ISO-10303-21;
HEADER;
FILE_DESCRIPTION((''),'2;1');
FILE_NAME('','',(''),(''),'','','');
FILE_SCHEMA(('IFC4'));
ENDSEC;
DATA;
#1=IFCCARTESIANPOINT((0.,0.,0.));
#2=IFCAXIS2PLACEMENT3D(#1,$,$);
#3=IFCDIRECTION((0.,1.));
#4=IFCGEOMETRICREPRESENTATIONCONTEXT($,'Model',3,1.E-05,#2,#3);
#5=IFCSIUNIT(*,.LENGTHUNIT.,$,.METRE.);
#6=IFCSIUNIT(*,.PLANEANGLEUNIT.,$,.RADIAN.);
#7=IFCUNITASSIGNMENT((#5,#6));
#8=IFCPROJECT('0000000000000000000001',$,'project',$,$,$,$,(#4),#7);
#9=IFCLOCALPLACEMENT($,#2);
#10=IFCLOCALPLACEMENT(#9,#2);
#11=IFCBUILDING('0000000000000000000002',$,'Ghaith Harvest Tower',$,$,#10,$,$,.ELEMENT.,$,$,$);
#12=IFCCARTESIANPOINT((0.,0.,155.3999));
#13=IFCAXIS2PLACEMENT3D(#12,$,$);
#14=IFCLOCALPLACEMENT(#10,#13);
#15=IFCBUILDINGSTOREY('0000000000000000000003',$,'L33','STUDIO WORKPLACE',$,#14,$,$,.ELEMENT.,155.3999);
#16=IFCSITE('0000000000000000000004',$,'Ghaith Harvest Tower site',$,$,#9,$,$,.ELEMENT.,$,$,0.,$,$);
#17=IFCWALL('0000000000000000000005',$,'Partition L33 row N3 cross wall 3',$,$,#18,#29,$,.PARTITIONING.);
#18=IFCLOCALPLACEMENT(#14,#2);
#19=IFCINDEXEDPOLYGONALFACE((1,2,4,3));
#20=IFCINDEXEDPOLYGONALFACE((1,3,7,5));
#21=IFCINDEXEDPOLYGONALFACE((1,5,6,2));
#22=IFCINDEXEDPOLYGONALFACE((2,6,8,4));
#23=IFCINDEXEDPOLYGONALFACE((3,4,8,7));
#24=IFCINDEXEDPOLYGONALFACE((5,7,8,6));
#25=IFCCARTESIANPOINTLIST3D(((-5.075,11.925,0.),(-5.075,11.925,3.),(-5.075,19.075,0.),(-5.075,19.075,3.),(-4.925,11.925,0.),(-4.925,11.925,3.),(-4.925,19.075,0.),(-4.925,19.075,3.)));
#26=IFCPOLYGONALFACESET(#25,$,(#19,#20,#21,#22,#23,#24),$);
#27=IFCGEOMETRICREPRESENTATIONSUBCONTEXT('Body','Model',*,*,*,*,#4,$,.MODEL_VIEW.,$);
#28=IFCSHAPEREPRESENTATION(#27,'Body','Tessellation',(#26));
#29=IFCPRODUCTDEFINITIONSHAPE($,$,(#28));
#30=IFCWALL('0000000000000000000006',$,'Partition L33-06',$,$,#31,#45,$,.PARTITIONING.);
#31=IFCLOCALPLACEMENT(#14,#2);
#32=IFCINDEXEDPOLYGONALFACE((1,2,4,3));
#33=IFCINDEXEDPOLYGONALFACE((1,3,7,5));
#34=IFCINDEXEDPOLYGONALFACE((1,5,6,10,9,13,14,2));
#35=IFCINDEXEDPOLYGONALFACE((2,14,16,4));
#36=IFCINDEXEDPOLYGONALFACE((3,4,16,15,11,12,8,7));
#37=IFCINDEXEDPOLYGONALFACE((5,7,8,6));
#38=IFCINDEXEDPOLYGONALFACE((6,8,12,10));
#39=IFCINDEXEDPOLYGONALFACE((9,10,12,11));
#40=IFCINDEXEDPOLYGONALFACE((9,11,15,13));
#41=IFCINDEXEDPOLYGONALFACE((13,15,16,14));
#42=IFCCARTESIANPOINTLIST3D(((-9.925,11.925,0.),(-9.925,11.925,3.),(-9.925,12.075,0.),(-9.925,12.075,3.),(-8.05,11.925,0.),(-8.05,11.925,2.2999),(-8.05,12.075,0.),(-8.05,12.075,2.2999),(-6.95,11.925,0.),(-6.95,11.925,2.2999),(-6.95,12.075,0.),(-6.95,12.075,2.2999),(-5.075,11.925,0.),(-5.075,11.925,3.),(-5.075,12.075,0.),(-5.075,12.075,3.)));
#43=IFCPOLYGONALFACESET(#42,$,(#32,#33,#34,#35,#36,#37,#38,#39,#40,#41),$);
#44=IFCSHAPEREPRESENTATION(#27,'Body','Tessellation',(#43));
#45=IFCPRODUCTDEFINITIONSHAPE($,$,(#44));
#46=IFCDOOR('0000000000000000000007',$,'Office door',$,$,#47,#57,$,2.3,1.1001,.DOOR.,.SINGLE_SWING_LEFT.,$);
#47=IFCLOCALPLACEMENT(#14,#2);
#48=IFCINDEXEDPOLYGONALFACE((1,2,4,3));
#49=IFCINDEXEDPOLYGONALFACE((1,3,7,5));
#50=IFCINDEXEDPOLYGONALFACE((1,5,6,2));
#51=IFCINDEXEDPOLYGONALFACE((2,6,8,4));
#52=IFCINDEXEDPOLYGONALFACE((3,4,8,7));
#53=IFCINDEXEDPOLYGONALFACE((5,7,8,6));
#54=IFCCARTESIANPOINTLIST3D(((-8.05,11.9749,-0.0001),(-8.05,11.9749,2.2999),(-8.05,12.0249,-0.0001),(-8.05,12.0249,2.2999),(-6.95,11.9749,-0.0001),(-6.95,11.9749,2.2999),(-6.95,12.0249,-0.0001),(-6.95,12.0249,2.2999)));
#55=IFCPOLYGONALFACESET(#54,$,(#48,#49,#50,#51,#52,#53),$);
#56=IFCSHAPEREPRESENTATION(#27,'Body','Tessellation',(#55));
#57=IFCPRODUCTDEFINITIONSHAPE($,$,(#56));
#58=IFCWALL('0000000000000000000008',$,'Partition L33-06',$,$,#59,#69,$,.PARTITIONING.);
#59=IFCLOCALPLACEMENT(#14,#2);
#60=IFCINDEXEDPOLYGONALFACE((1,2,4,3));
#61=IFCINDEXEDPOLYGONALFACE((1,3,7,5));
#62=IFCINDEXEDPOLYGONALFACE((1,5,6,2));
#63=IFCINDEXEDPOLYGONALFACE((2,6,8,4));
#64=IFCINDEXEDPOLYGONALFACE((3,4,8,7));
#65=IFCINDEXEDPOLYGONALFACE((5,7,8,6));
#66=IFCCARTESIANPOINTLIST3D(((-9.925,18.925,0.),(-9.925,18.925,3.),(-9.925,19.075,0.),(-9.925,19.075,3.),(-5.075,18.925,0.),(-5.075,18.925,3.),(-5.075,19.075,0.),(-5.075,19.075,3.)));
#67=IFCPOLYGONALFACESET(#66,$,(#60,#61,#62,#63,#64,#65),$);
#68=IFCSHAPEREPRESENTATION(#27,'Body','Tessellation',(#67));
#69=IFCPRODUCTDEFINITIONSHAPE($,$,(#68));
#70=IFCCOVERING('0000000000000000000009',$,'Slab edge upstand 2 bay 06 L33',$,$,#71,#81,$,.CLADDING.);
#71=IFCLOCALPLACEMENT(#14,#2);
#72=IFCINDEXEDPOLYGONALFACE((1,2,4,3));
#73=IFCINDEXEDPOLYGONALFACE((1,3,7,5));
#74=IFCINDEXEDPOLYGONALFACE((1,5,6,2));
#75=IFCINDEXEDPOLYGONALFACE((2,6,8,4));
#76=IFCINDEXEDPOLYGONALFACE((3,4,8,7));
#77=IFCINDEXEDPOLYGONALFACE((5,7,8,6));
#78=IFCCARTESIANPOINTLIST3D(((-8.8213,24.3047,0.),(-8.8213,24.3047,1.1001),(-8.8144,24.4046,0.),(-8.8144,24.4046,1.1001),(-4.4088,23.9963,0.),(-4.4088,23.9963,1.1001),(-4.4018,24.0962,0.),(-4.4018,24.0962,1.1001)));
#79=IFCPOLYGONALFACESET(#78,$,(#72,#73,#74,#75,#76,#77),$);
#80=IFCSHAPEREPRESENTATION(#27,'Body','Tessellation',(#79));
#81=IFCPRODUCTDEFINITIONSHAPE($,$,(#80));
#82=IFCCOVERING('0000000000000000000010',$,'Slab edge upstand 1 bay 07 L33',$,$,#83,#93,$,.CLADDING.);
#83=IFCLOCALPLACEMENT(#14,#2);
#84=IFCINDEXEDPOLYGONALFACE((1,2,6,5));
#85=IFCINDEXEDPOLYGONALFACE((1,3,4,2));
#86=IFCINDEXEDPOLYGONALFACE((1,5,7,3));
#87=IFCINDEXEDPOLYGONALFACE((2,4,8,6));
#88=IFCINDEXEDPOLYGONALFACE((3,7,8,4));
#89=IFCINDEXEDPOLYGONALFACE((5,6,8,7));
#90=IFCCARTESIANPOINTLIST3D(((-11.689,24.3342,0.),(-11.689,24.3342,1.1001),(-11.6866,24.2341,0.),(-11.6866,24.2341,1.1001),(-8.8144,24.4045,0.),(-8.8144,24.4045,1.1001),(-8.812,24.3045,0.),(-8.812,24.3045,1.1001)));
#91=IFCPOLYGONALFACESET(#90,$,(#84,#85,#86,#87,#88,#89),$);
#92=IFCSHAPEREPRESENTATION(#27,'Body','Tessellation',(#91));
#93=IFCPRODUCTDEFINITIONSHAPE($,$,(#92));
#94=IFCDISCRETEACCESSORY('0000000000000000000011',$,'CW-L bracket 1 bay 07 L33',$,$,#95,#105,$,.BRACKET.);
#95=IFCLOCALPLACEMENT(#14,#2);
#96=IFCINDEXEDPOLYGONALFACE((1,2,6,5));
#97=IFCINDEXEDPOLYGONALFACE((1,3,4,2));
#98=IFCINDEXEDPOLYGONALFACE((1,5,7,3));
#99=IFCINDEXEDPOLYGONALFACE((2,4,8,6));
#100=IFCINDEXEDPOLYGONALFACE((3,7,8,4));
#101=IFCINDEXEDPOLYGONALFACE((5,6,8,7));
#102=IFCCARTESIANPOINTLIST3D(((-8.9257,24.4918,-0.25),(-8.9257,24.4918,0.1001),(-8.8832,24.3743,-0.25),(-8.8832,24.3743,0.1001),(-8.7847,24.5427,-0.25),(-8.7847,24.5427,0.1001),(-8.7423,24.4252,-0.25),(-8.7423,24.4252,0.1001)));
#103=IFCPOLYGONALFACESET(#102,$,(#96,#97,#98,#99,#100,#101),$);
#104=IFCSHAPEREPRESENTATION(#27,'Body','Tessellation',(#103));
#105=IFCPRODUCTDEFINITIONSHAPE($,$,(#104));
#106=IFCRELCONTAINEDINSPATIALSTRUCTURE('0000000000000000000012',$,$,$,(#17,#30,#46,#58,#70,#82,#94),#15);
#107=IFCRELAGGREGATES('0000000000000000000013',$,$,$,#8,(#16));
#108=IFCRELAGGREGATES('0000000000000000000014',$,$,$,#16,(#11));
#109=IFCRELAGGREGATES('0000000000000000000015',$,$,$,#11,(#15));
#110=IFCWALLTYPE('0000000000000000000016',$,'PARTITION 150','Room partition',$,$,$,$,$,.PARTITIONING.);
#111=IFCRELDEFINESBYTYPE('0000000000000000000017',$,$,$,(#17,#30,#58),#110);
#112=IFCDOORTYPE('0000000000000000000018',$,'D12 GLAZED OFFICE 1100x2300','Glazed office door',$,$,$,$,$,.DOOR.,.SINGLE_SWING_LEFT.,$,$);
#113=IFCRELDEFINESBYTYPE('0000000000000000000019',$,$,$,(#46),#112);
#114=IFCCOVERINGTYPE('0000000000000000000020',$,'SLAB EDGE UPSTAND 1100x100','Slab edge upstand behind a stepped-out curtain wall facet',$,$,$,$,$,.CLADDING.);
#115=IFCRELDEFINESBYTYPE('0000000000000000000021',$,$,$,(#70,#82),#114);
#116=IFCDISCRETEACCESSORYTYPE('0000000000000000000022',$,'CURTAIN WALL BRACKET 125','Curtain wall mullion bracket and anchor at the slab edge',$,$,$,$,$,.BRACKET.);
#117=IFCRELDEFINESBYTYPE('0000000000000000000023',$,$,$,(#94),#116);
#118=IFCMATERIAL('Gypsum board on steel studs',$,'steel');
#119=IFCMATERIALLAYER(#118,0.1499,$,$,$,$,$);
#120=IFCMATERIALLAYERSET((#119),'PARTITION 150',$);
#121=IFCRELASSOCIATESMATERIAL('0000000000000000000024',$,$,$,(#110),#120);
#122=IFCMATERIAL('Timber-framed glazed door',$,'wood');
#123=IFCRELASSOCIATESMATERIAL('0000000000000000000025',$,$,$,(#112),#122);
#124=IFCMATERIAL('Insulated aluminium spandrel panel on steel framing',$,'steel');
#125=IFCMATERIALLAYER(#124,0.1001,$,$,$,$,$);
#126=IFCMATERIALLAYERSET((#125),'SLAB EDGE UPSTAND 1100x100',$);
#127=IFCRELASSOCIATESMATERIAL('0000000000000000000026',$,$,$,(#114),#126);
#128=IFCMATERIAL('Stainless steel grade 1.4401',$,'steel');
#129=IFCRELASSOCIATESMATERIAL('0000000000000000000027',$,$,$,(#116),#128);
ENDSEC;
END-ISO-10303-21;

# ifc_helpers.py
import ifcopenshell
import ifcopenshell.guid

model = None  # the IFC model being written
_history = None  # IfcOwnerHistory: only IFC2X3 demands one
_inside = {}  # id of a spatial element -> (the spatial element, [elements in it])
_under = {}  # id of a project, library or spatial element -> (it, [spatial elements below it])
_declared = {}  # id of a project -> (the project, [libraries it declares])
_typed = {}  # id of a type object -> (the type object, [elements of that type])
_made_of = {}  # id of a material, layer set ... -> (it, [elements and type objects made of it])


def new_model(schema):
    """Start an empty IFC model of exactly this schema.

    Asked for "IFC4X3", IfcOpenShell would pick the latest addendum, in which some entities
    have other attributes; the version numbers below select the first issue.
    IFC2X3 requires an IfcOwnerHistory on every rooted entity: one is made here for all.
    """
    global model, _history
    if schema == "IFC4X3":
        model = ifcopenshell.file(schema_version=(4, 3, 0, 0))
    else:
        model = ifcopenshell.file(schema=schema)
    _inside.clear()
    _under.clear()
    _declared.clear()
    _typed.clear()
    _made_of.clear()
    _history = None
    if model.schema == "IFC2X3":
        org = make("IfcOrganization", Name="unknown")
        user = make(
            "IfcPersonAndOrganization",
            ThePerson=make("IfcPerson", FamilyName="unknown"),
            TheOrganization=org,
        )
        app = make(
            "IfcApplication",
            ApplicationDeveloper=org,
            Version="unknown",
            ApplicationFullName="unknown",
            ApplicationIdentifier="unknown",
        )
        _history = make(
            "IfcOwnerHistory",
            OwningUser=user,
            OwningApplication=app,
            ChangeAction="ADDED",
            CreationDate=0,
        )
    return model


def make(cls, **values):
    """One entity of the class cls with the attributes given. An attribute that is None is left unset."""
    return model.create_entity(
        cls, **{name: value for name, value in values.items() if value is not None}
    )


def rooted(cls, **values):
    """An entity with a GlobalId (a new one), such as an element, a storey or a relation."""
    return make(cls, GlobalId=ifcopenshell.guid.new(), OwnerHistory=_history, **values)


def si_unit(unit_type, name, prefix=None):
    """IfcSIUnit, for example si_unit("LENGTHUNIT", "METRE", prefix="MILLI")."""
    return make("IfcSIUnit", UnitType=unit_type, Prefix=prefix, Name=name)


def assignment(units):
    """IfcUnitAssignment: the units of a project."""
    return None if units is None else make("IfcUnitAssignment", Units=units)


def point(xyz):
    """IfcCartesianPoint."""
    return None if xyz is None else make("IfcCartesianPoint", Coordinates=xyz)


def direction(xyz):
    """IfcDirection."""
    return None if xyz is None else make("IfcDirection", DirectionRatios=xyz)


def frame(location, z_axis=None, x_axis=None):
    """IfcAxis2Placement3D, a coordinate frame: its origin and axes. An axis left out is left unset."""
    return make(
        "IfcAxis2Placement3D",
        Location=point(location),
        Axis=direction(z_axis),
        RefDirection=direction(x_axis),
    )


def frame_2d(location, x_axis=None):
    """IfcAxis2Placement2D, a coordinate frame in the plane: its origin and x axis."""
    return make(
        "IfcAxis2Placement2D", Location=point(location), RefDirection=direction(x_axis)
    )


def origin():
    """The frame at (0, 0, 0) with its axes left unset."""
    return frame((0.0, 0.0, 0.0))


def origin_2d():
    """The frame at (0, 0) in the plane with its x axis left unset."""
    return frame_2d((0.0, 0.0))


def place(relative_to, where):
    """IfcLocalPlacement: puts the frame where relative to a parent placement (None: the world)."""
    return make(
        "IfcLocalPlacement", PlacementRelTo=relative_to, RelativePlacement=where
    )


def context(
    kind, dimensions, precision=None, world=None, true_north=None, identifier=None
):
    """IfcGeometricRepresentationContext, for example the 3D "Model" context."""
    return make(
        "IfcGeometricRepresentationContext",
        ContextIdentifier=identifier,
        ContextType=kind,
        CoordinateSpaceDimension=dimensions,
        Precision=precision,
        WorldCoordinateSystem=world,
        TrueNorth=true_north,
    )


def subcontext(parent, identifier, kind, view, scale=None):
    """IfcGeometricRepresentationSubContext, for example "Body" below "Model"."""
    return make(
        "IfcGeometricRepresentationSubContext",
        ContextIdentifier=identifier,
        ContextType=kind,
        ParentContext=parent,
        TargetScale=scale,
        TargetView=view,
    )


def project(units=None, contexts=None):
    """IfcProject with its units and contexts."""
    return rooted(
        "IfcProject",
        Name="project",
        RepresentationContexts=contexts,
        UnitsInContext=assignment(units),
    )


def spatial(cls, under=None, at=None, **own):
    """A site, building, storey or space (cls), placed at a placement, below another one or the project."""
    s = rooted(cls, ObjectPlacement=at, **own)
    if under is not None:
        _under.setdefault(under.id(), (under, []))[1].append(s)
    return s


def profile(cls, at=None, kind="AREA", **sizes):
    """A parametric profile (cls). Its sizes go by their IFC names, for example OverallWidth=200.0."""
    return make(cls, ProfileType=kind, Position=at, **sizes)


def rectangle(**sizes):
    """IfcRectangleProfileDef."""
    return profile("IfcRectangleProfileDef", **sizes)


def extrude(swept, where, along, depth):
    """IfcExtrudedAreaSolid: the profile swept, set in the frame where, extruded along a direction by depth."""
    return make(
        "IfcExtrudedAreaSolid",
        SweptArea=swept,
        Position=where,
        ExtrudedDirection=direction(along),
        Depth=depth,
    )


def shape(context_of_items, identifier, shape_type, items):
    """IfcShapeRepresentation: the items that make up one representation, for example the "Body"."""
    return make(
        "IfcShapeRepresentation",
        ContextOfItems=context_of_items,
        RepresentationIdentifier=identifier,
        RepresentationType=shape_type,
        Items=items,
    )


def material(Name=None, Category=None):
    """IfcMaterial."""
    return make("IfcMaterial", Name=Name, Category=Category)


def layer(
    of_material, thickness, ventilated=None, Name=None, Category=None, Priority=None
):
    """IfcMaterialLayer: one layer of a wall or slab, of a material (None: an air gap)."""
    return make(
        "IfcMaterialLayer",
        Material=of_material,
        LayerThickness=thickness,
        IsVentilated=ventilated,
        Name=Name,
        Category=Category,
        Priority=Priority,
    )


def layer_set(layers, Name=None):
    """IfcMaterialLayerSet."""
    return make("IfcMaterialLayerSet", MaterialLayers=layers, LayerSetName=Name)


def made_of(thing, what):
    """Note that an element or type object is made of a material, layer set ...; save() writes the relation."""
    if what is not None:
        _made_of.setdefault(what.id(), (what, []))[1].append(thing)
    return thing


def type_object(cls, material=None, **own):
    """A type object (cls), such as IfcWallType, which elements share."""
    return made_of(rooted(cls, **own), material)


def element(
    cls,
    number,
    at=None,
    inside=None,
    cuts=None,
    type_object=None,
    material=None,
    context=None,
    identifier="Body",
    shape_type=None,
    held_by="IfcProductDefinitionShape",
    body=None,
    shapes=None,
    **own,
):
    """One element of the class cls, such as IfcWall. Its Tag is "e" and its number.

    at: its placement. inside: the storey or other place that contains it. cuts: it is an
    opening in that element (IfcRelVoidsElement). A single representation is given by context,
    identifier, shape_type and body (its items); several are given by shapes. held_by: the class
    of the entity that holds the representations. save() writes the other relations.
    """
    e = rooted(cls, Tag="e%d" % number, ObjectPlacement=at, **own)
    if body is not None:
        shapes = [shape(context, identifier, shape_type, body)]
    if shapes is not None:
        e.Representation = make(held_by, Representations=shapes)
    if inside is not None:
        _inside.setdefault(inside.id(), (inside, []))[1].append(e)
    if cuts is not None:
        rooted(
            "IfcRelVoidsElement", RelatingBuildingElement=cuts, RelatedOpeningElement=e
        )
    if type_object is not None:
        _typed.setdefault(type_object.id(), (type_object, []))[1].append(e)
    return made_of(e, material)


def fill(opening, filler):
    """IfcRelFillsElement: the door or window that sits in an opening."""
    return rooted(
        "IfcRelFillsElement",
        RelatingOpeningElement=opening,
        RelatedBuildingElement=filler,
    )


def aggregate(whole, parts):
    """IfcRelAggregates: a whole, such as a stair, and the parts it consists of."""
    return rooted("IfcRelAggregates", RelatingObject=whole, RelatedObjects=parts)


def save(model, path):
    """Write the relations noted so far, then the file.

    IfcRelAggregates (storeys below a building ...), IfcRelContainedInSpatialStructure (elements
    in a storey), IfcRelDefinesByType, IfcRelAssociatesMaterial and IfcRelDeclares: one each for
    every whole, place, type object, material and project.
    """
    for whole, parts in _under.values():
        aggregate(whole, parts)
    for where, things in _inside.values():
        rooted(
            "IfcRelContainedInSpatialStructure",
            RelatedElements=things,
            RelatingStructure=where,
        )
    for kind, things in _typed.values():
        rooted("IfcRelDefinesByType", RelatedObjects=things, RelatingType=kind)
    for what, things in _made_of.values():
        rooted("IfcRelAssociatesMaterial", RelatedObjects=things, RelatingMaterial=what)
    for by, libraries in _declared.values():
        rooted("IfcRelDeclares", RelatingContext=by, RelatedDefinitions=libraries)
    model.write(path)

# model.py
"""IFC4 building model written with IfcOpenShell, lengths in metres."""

from ifc_helpers import new_model, si_unit, direction, frame, frame_2d, origin, origin_2d, place, context, subcontext, project, spatial, rectangle, extrude, material, layer, layer_set, type_object, element, fill, save


model = new_model("IFC4")

# Units and contexts
model_context = context("Model", 3, precision=1e-05, world=origin(), true_north=direction((0.0, 1.0)))
body_context = subcontext(model_context, "Body", "Model", "MODEL_VIEW")
ifc_project = project(units=[si_unit("LENGTHUNIT", "METRE"), si_unit("PLANEANGLEUNIT", "RADIAN")], contexts=[model_context])

# Site, building, storey
site_placement = place(None, origin())
site = spatial("IfcSite", under=ifc_project, at=site_placement, Name="Ghaith Harvest Tower site", CompositionType="ELEMENT", RefElevation=0.0)
building_placement = place(site_placement, origin())
building = spatial("IfcBuilding", under=site, at=building_placement, Name="Ghaith Harvest Tower", CompositionType="ELEMENT")
storey_placement = place(building_placement, frame((0.0, 0.0, 155.3999)))
storey = spatial("IfcBuildingStorey", under=building, at=storey_placement, Name="L33", Description="STUDIO WORKPLACE", CompositionType="ELEMENT", Elevation=155.3999)

# Wall
ifc_material_1 = material(Name="Gypsum board on steel studs", Category="steel")
ifc_layer_1 = layer(ifc_material_1, 0.1499)
ifc_layer_set_1 = layer_set([ifc_layer_1], Name="PARTITION 150")
wall_type_1 = type_object("IfcWallType", Name="PARTITION 150", Description="Room partition", PredefinedType="PARTITIONING", material=ifc_layer_set_1)
for number, where, z_axis, x_axis, name in (
    (1, (-5.0, 11.925, 0.0), (0.0, 0.0, 1.0), (0.0, 1.0, 0.0), "Partition L33 row N3 cross wall 3"),
):
    element("IfcWall", number, at=place(storey_placement, frame(where, z_axis=z_axis, x_axis=x_axis)), inside=storey, type_object=wall_type_1, Name=name, PredefinedType="PARTITIONING", context=body_context, shape_type="SweptSolid", body=[
        extrude(rectangle(XDim=7.1499, YDim=0.1499, at=frame_2d((3.575, 0.0))), origin(), (0.0, 0.0, 1.0), 3.0),
    ])

# Wall, opening, door
wall_1_placement = place(storey_placement, frame((-9.925, 12.0, 0.0), z_axis=(0.0, 0.0, 1.0), x_axis=(1.0, 0.0, 0.0)))
wall_1 = element("IfcWall", 2, at=wall_1_placement, inside=storey, type_object=wall_type_1, Name="Partition L33-06", PredefinedType="PARTITIONING", context=body_context, shape_type="SweptSolid", body=[
    extrude(rectangle(XDim=4.8501, YDim=0.1499, at=frame_2d((2.425, 0.0))), origin(), (0.0, 0.0, 1.0), 3.0),
])
opening_1_placement = place(wall_1_placement, frame((1.875, 0.0, 0.0)))
opening_1 = element("IfcOpeningElement", 3, at=opening_1_placement, cuts=wall_1, PredefinedType="OPENING", context=body_context, shape_type="SweptSolid", body=[
    extrude(rectangle(XDim=1.1001, YDim=2.3, at=frame_2d((0.55, 1.1499))), frame((0.0, 0.085, 0.0), z_axis=(0.0, -1.0, 0.0), x_axis=(1.0, 0.0, 0.0)), (0.0, 0.0, 1.0), 0.1699),
])
ifc_material_2 = material(Name="Timber-framed glazed door", Category="wood")
door_type_1 = type_object("IfcDoorType", Name="D12 GLAZED OFFICE 1100x2300", Description="Glazed office door", OperationType="SINGLE_SWING_LEFT", PredefinedType="DOOR", material=ifc_material_2)
door_1_placement = place(opening_1_placement, origin())
door_1 = element("IfcDoor", 4, at=door_1_placement, inside=storey, type_object=door_type_1, Name="Office door", OperationType="SINGLE_SWING_LEFT", OverallHeight=2.3, OverallWidth=1.1001, PredefinedType="DOOR", context=body_context, shape_type="SweptSolid", body=[
    extrude(rectangle(XDim=1.1001, YDim=2.3, at=frame_2d((0.55, 1.1499))), frame((0.0, 0.0249, 0.0), z_axis=(0.0, -1.0, 0.0), x_axis=(1.0, 0.0, 0.0)), (0.0, 0.0, 1.0), 0.05),
])
fill(opening_1, door_1)

# Wall
wall_2_placement = place(storey_placement, frame((-9.925, 19.0, 0.0), z_axis=(0.0, 0.0, 1.0), x_axis=(1.0, 0.0, 0.0)))
element("IfcWall", 5, at=wall_2_placement, inside=storey, type_object=wall_type_1, Name="Partition L33-06", PredefinedType="PARTITIONING", context=body_context, shape_type="SweptSolid", body=[
    extrude(rectangle(XDim=4.8501, YDim=0.1499, at=frame_2d((2.425, 0.0))), origin(), (0.0, 0.0, 1.0), 3.0),
])

# Coverings
ifc_material_3 = material(Name="Insulated aluminium spandrel panel on steel framing", Category="steel")
ifc_layer_2 = layer(ifc_material_3, 0.1001)
ifc_layer_set_2 = layer_set([ifc_layer_2], Name="SLAB EDGE UPSTAND 1100x100")
covering_type = type_object("IfcCoveringType", Name="SLAB EDGE UPSTAND 1100x100", Description="Slab edge upstand behind a stepped-out curtain wall facet", PredefinedType="CLADDING", material=ifc_layer_set_2)
covering_1_placement = place(storey_placement, frame((-6.6116, 24.2004, 0.0), z_axis=(0.0, 0.0, 1.0), x_axis=(-0.997566, 0.069726, 0.0)))
element("IfcCovering", 6, at=covering_1_placement, inside=storey, type_object=covering_type, Name="Slab edge upstand 2 bay 06 L33", PredefinedType="CLADDING", context=body_context, shape_type="SweptSolid", body=[
    extrude(rectangle(XDim=4.4233, YDim=0.1001, at=origin_2d()), origin(), (0.0, 0.0, 1.0), 1.1001),
])
covering_2_placement = place(storey_placement, frame((-10.2505, 24.3193, 0.0), z_axis=(0.0, 0.0, 1.0), x_axis=(-0.999701, -0.024458, 0.0)))
element("IfcCovering", 7, at=covering_2_placement, inside=storey, type_object=covering_type, Name="Slab edge upstand 1 bay 07 L33", PredefinedType="CLADDING", context=body_context, shape_type="SweptSolid", body=[
    extrude(rectangle(XDim=2.8755, YDim=0.1001, at=origin_2d()), origin(), (0.0, 0.0, 1.0), 1.1001),
])

# Discrete accessory
ifc_material_4 = material(Name="Stainless steel grade 1.4401", Category="steel")
discrete_accessory_type = type_object("IfcDiscreteAccessoryType", Name="CURTAIN WALL BRACKET 125", Description="Curtain wall mullion bracket and anchor at the slab edge", PredefinedType="BRACKET", material=ifc_material_4)
discrete_accessory_placement = place(storey_placement, frame((-8.834, 24.4585, -0.25), z_axis=(0.0, 0.0, 1.0), x_axis=(-0.339699, 0.940534, 0.0)))
element("IfcDiscreteAccessory", 8, at=discrete_accessory_placement, inside=storey, type_object=discrete_accessory_type, Name="CW-L bracket 1 bay 07 L33", PredefinedType="BRACKET", context=body_context, shape_type="SweptSolid", body=[
    extrude(rectangle(XDim=0.125, YDim=0.1499, at=origin_2d()), origin(), (0.0, 0.0, 1.0), 0.3501),
])

save(model, "model.ifc")
